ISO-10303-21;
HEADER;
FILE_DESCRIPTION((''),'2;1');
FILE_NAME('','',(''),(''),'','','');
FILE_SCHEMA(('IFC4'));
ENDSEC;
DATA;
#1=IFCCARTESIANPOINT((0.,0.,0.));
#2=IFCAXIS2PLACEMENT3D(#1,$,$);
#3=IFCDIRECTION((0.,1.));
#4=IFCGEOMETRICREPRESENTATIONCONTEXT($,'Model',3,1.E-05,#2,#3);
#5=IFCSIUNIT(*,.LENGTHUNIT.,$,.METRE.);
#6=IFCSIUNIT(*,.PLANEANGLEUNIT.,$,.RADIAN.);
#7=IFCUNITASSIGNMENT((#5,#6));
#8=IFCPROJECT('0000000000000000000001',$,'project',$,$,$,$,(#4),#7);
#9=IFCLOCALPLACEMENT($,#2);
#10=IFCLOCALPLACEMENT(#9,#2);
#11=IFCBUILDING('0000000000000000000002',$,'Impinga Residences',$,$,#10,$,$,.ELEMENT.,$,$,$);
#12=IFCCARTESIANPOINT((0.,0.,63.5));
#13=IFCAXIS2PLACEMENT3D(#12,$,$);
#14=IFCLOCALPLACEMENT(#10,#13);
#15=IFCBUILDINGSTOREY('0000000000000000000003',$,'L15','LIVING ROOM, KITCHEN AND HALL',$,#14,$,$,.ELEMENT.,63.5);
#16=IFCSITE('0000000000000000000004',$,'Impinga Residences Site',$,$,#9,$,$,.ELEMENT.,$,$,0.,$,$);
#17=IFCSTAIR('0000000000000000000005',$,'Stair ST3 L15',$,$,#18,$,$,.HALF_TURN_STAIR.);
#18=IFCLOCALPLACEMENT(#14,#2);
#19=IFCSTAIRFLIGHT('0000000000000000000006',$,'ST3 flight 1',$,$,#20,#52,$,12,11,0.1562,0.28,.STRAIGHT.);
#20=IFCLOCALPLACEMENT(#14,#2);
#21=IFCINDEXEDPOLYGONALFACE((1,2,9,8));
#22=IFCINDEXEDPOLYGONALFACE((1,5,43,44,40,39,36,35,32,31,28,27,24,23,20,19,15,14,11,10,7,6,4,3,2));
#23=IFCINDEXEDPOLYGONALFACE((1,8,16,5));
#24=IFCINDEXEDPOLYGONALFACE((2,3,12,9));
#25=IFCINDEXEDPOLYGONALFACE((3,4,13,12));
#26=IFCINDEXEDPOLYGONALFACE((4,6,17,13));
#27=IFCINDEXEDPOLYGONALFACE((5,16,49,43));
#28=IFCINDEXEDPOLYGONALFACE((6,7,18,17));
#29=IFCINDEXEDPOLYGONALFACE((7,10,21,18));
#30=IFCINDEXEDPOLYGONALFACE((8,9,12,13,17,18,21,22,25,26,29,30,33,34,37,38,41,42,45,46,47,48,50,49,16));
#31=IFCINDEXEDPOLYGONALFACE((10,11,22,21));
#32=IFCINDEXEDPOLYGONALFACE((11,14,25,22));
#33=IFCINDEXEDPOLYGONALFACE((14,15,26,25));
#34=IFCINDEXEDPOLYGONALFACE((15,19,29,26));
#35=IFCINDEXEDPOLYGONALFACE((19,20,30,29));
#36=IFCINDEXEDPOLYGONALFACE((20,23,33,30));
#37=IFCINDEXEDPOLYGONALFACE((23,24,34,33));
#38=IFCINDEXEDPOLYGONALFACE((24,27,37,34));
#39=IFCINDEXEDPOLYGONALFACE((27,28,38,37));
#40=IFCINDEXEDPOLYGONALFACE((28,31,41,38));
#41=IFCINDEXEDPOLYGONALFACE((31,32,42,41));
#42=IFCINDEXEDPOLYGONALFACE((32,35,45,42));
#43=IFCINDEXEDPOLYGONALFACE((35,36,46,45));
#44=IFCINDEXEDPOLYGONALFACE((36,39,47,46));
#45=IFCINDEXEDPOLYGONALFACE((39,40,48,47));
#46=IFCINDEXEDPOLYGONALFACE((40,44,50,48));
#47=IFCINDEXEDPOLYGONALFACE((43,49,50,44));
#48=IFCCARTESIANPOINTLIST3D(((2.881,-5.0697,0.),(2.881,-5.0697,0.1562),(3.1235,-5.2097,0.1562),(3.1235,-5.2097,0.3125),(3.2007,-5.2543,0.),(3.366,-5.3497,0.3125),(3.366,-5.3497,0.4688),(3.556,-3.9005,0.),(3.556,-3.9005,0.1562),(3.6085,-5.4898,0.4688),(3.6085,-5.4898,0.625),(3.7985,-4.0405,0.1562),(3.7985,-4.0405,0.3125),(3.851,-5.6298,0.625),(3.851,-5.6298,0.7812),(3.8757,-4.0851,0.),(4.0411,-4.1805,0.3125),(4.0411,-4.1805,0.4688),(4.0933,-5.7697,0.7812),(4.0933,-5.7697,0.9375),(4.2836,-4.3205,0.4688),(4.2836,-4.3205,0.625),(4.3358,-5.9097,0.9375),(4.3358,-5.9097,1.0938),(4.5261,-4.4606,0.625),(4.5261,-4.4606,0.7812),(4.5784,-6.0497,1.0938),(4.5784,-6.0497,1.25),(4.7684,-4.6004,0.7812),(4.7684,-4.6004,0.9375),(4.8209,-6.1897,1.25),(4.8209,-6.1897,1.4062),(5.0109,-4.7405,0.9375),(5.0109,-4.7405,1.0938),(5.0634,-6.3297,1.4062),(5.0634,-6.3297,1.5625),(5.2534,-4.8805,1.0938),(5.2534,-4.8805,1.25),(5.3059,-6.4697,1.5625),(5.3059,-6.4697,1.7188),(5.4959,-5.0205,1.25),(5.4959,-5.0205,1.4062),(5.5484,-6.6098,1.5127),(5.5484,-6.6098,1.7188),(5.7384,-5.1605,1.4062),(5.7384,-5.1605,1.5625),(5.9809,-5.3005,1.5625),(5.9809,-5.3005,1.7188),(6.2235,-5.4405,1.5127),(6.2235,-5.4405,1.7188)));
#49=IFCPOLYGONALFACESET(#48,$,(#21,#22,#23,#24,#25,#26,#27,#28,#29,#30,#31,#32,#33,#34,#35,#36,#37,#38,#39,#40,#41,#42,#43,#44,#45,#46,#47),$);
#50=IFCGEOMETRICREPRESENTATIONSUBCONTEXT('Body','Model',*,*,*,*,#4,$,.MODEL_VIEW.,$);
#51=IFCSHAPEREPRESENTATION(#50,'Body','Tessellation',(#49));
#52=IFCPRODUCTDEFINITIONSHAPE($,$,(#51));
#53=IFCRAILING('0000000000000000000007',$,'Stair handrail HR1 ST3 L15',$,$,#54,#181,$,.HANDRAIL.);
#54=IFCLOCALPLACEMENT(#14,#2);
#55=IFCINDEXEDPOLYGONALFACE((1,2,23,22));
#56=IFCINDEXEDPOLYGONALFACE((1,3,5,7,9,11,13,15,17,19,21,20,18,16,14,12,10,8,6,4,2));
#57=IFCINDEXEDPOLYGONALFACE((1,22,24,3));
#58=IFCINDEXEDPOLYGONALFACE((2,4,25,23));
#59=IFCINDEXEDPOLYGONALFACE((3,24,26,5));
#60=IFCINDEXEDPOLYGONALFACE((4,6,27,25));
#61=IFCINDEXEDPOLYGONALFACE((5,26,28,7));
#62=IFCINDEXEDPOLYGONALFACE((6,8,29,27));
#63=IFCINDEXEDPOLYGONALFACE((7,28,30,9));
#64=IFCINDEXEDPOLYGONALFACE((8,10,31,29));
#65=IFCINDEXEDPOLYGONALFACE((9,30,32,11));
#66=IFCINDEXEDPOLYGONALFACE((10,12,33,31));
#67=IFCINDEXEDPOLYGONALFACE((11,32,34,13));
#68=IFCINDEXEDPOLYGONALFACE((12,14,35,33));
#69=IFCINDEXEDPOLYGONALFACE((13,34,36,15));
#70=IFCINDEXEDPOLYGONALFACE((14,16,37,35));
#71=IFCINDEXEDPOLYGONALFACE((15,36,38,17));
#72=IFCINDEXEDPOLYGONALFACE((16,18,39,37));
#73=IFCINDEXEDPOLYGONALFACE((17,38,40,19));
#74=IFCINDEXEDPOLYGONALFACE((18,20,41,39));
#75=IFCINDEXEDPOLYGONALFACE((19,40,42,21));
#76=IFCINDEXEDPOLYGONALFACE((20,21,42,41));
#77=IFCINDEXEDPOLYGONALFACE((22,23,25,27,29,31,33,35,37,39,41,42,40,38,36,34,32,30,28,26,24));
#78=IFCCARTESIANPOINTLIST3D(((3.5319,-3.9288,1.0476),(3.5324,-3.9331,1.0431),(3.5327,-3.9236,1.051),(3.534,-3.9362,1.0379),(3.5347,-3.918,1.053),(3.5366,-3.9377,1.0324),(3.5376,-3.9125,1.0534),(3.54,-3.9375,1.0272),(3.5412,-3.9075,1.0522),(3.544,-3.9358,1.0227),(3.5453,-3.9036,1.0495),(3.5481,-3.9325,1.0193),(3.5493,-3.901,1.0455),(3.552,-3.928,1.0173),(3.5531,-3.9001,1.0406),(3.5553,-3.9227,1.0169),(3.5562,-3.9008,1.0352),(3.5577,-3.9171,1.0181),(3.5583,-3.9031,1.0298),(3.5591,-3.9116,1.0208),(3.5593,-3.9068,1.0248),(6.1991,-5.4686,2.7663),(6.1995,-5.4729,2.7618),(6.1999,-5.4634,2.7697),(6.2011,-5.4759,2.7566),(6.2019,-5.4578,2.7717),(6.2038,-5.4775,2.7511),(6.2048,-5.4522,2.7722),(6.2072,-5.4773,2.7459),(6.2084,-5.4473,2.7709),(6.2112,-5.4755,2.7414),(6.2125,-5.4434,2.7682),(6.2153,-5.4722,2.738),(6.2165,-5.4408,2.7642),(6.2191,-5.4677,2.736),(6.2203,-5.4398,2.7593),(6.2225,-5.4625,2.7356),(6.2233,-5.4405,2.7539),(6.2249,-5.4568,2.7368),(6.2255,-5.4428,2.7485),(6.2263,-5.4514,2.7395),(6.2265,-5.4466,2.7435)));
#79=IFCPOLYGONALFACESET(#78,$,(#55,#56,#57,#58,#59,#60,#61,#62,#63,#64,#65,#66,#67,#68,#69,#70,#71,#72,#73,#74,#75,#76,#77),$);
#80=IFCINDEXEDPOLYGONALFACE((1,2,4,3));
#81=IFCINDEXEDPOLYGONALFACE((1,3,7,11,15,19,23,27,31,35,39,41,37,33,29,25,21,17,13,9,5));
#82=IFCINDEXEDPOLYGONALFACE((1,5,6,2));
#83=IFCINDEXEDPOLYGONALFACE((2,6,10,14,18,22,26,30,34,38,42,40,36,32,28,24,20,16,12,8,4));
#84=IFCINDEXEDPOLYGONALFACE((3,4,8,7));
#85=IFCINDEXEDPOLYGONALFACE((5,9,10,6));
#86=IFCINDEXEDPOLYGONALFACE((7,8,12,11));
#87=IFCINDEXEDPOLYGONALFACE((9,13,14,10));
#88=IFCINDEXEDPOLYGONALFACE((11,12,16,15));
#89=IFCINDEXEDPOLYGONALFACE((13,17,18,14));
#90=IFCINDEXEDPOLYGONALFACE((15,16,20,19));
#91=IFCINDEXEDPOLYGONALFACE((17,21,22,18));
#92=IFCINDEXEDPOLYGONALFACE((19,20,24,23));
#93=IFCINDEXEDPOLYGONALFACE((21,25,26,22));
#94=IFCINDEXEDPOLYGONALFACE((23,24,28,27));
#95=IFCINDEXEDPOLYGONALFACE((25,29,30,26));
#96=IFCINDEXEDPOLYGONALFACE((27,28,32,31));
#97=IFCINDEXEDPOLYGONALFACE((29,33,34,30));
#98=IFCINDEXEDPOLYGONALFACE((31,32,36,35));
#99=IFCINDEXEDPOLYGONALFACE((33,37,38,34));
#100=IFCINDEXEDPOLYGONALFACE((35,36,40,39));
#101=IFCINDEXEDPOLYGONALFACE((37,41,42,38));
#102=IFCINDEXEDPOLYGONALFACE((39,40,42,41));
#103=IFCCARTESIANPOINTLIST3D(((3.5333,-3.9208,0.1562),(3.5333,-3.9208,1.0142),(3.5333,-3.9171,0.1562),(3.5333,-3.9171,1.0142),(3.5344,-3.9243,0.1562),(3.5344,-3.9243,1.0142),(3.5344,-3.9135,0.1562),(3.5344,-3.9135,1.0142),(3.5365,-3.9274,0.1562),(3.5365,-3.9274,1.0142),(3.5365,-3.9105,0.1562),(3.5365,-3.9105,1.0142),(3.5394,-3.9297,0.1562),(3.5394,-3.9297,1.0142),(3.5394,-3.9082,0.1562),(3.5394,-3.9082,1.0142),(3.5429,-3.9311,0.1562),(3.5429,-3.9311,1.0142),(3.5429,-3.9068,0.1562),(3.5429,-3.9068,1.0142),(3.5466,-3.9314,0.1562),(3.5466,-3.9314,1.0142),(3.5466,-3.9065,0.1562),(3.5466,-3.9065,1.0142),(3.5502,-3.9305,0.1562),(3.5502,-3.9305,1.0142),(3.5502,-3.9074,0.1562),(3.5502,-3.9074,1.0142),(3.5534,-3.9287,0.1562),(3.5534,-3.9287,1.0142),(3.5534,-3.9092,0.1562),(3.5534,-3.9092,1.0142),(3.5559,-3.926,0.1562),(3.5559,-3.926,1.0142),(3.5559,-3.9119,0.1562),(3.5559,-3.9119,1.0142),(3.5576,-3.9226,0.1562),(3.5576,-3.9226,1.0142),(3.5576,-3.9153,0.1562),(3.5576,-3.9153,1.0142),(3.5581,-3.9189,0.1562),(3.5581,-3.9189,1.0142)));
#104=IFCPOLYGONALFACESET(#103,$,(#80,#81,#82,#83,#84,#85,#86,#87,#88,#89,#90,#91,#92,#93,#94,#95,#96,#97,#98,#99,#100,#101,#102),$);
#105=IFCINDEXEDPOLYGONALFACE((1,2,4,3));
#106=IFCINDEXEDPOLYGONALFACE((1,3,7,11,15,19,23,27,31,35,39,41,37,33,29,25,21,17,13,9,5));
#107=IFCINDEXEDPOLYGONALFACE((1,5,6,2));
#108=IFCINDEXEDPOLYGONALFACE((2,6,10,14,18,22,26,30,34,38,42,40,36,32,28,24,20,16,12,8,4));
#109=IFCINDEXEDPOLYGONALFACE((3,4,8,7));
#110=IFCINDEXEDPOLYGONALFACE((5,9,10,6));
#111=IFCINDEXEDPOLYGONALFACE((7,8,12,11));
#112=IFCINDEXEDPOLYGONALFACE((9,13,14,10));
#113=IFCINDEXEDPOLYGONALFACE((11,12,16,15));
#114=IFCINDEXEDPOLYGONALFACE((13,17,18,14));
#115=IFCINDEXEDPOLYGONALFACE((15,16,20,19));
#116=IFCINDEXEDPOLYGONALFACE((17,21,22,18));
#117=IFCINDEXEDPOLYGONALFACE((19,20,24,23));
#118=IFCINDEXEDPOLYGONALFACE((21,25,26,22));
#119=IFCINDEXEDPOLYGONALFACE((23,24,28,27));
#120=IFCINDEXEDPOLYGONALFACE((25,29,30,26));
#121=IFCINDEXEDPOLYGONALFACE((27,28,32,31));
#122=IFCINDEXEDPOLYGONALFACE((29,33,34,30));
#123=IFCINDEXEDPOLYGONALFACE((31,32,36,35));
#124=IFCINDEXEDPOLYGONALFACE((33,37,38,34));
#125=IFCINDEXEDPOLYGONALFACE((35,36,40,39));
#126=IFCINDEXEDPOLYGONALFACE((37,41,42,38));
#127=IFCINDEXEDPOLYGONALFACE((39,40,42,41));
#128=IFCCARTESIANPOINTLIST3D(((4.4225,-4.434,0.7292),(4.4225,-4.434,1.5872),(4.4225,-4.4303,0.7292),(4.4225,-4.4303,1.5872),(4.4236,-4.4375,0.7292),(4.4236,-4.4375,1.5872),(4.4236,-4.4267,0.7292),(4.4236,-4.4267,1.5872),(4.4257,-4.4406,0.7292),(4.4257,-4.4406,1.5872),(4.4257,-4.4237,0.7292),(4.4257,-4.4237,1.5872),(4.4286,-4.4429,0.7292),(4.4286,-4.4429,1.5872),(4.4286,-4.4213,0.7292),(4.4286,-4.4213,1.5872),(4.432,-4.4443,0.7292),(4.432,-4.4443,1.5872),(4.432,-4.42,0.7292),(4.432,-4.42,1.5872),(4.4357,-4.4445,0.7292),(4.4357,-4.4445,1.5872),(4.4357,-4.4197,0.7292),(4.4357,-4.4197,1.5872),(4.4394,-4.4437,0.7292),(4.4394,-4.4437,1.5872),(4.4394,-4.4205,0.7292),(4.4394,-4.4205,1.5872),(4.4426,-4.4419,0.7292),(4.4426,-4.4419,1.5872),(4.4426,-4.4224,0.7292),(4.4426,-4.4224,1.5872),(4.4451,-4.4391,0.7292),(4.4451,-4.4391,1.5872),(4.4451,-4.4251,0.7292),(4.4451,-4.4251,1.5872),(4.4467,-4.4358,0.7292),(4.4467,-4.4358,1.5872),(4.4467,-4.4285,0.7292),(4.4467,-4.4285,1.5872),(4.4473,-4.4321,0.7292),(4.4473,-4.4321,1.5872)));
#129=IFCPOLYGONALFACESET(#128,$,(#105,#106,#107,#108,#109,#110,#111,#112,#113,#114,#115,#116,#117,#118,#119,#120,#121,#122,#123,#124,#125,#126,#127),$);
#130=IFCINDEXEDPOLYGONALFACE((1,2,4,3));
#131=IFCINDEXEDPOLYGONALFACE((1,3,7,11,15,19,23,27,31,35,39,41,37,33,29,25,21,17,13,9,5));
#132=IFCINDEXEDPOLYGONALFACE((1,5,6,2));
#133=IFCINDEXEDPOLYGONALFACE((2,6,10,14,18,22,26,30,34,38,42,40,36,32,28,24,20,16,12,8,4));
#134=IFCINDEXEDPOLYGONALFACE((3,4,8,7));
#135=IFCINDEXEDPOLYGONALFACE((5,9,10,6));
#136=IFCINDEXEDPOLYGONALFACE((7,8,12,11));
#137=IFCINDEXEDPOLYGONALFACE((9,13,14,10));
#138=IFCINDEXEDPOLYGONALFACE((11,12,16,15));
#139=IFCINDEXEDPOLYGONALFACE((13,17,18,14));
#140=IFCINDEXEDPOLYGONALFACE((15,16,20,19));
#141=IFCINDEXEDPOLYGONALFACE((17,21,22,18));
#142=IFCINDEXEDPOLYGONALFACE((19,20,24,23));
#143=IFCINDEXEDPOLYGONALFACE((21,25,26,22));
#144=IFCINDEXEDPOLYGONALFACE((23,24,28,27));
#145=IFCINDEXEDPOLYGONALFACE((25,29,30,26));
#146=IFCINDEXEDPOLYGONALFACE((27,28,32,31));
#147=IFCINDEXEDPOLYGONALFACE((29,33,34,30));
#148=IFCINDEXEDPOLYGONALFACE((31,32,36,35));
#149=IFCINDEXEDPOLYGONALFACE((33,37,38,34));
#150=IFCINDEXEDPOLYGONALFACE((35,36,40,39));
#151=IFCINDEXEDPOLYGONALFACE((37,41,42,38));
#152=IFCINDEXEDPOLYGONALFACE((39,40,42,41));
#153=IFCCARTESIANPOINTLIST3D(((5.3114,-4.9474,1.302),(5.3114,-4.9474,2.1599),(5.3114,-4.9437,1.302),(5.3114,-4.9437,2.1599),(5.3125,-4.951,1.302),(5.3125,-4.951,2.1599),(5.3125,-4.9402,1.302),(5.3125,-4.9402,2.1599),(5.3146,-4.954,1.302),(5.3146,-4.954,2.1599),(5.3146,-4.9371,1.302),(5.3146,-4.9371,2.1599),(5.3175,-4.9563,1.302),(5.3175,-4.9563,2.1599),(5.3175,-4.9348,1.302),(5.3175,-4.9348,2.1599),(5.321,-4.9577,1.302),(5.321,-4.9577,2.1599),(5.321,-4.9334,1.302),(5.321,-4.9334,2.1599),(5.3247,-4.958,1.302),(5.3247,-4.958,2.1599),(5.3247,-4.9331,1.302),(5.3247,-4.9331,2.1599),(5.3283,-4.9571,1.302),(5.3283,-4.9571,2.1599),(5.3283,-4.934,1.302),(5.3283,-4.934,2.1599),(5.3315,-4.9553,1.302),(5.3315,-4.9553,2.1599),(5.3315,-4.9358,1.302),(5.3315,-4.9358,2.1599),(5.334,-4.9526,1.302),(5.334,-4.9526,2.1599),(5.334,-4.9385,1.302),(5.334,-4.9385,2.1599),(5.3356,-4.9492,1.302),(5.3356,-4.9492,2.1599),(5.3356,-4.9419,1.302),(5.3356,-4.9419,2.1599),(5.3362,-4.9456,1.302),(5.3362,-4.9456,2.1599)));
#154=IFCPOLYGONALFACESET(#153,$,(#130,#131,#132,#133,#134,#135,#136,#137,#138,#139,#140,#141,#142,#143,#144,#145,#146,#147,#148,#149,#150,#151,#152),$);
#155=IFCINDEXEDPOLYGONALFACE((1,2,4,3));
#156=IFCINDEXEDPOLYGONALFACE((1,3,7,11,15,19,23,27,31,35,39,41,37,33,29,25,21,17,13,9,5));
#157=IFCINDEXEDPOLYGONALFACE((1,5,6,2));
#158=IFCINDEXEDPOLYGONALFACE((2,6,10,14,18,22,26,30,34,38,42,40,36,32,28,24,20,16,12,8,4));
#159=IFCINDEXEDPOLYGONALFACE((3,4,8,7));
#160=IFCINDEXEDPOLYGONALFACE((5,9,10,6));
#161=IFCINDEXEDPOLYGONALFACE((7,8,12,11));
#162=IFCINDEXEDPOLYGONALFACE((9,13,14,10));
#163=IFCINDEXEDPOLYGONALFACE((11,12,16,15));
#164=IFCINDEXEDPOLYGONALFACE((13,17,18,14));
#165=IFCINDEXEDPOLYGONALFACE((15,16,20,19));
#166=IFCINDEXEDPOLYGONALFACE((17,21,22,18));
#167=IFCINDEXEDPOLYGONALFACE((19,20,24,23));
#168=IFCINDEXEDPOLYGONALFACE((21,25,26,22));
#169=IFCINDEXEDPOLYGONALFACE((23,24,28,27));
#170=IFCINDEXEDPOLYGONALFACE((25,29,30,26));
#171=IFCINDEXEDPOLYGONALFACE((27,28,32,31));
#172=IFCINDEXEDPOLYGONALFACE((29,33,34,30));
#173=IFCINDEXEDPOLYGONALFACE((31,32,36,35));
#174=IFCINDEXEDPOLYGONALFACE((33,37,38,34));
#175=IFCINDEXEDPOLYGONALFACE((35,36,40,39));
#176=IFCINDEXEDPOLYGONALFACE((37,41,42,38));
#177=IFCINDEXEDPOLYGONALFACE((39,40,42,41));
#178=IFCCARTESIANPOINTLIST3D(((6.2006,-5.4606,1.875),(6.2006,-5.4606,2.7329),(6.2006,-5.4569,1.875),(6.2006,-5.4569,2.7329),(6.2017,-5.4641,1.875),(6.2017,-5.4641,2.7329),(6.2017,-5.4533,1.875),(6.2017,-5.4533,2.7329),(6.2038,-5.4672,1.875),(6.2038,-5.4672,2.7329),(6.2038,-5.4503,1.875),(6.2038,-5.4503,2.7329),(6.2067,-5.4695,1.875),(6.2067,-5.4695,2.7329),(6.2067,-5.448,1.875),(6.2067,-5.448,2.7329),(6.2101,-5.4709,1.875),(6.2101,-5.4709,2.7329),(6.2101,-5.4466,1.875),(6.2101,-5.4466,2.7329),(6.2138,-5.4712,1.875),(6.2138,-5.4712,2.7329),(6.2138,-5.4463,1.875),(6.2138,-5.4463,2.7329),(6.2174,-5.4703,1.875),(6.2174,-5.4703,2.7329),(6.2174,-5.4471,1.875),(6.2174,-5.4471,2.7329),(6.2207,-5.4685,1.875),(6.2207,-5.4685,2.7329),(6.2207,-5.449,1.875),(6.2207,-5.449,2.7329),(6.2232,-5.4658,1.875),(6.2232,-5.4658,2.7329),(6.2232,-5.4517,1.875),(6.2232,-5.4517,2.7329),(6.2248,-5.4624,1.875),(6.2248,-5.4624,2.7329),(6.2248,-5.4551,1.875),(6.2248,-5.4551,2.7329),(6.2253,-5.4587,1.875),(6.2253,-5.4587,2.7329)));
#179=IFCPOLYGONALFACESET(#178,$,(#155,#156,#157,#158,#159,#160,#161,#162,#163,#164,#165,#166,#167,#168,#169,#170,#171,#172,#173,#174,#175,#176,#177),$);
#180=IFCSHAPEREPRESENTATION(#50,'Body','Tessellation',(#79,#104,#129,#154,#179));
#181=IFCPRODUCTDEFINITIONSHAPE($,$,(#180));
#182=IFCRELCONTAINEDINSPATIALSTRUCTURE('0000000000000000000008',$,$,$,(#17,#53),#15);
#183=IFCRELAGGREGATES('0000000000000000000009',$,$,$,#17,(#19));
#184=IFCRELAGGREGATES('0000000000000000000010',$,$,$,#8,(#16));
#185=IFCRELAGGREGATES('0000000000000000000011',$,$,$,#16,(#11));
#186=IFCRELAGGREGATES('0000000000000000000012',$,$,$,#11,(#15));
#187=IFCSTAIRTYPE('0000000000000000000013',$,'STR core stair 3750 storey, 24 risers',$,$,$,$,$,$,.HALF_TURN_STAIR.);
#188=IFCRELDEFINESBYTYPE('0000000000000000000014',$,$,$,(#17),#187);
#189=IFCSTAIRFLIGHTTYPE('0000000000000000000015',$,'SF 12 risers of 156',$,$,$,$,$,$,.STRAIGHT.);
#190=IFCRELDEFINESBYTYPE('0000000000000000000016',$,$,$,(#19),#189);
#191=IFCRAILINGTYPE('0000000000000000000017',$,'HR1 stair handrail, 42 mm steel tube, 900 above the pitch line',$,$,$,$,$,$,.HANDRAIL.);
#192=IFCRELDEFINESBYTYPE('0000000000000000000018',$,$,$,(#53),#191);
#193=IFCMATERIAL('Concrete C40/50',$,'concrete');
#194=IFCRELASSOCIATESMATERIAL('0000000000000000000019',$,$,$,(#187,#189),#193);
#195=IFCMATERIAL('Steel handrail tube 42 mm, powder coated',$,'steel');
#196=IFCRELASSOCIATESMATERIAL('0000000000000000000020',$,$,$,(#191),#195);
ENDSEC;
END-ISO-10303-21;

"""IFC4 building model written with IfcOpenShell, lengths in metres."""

from ifc_helpers import new_model, si_unit, direction, frame, origin, origin_2d, place, context, subcontext, project, spatial, polyline, circle, outline, extrude, material, type_object, element, aggregate, save


model = new_model("IFC4")

# Units and contexts
model_context = context("Model", 3, precision=1e-05, world=origin(), true_north=direction((0.0, 1.0)))
body_context = subcontext(model_context, "Body", "Model", "MODEL_VIEW")
ifc_project = project(units=[si_unit("LENGTHUNIT", "METRE"), si_unit("PLANEANGLEUNIT", "RADIAN")], contexts=[model_context])

# Site, building, storey
site_placement = place(None, origin())
site = spatial("IfcSite", under=ifc_project, at=site_placement, Name="Impinga Residences Site", CompositionType="ELEMENT", RefElevation=0.0)
building_placement = place(site_placement, origin())
building = spatial("IfcBuilding", under=site, at=building_placement, Name="Impinga Residences", CompositionType="ELEMENT")
storey_placement = place(building_placement, frame((0.0, 0.0, 63.5)))
storey = spatial("IfcBuildingStorey", under=building, at=storey_placement, Name="L15", Description="LIVING ROOM, KITCHEN AND HALL", CompositionType="ELEMENT", Elevation=63.5)

# Stair
ifc_material_1 = material(Name="Concrete C40/50", Category="concrete")
stair_type_1 = type_object("IfcStairType", Name="STR core stair 3750 storey, 24 risers", PredefinedType="HALF_TURN_STAIR", material=ifc_material_1)
stair_1_placement = place(storey_placement, origin())
stair_1 = element("IfcStair", 1, at=stair_1_placement, inside=storey, type_object=stair_type_1, Name="Stair ST3 L15", PredefinedType="HALF_TURN_STAIR")

# Stair flight
stair_flight_type = type_object("IfcStairFlightType", Name="SF 12 risers of 156", PredefinedType="STRAIGHT", material=ifc_material_1)
stair_flight_placement = place(storey_placement, frame((3.2185, -4.4851, 0.0), z_axis=(0.0, 0.0, 1.0), x_axis=(0.866025, -0.5, 0.0)))
stair_flight = element("IfcStairFlight", 2, at=stair_flight_placement, type_object=stair_flight_type, Name="ST3 flight 1", NumberOfRisers=12, NumberOfTreads=11, PredefinedType="STRAIGHT", RiserHeight=0.1562, TreadLength=0.28, context=body_context, shape_type="SweptSolid", body=[
    extrude(outline(polyline([(0.0, 0.0), (0.0, 0.1562), (0.28, 0.1562), (0.28, 0.3125), (0.5601, 0.3125), (0.5601, 0.4688), (0.8401, 0.4688), (0.8401, 0.625), (1.1201, 0.625), (1.1201, 0.7812), (1.3999, 0.7812), (1.3999, 0.9375), (1.6799, 0.9375), (1.6799, 1.0938), (1.96, 1.0938), (1.96, 1.25), (2.24, 1.25), (2.24, 1.4062), (2.52, 1.4062), (2.52, 1.5625), (2.8, 1.5625), (2.8, 1.7188), (3.0801, 1.7188), (3.0801, 1.875), (3.0801, 1.5127), (0.3691, 0.0), (0.0, 0.0)])), frame((0.0, 0.675, 0.0), z_axis=(0.0, -1.0, 0.0), x_axis=(1.0, 0.0, 0.0)), (0.0, 0.0, 1.0), 1.3501),
])
aggregate(stair_1, [stair_flight])

# Railing
ifc_material_2 = material(Name="Steel handrail tube 42 mm, powder coated", Category="steel")
railing_type = type_object("IfcRailingType", Name="HR1 stair handrail, 42 mm steel tube, 900 above the pitch line", PredefinedType="HANDRAIL", material=ifc_material_2)
railing_placement = place(storey_placement, frame((3.5457, -3.9189, 0.1562)))
element("IfcRailing", 3, at=railing_placement, inside=storey, type_object=railing_type, Name="Stair handrail HR1 ST3 L15", PredefinedType="HANDRAIL", context=body_context, shape_type="SweptSolid", body=[
    extrude(circle(Radius=0.021, at=origin_2d()), frame((0.0, 0.0, 0.8789), z_axis=(0.756249, -0.436582, 0.487322), x_axis=(0.499967, 0.866044, 0.0)), (0.0, 0.0, 1.0), 3.5269),
    extrude(circle(Radius=0.0125, at=origin_2d()), origin(), (0.0, 0.0, 1.0), 0.8579),
    extrude(circle(Radius=0.0125, at=origin_2d()), frame((0.8892, -0.5132, 0.573)), (0.0, 0.0, 1.0), 0.8579),
    extrude(circle(Radius=0.0125, at=origin_2d()), frame((1.7781, -1.0266, 1.1458)), (0.0, 0.0, 1.0), 0.8579),
    extrude(circle(Radius=0.0125, at=origin_2d()), frame((2.6672, -1.5398, 1.7188)), (0.0, 0.0, 1.0), 0.8579),
])

save(model, "model.ifc")
